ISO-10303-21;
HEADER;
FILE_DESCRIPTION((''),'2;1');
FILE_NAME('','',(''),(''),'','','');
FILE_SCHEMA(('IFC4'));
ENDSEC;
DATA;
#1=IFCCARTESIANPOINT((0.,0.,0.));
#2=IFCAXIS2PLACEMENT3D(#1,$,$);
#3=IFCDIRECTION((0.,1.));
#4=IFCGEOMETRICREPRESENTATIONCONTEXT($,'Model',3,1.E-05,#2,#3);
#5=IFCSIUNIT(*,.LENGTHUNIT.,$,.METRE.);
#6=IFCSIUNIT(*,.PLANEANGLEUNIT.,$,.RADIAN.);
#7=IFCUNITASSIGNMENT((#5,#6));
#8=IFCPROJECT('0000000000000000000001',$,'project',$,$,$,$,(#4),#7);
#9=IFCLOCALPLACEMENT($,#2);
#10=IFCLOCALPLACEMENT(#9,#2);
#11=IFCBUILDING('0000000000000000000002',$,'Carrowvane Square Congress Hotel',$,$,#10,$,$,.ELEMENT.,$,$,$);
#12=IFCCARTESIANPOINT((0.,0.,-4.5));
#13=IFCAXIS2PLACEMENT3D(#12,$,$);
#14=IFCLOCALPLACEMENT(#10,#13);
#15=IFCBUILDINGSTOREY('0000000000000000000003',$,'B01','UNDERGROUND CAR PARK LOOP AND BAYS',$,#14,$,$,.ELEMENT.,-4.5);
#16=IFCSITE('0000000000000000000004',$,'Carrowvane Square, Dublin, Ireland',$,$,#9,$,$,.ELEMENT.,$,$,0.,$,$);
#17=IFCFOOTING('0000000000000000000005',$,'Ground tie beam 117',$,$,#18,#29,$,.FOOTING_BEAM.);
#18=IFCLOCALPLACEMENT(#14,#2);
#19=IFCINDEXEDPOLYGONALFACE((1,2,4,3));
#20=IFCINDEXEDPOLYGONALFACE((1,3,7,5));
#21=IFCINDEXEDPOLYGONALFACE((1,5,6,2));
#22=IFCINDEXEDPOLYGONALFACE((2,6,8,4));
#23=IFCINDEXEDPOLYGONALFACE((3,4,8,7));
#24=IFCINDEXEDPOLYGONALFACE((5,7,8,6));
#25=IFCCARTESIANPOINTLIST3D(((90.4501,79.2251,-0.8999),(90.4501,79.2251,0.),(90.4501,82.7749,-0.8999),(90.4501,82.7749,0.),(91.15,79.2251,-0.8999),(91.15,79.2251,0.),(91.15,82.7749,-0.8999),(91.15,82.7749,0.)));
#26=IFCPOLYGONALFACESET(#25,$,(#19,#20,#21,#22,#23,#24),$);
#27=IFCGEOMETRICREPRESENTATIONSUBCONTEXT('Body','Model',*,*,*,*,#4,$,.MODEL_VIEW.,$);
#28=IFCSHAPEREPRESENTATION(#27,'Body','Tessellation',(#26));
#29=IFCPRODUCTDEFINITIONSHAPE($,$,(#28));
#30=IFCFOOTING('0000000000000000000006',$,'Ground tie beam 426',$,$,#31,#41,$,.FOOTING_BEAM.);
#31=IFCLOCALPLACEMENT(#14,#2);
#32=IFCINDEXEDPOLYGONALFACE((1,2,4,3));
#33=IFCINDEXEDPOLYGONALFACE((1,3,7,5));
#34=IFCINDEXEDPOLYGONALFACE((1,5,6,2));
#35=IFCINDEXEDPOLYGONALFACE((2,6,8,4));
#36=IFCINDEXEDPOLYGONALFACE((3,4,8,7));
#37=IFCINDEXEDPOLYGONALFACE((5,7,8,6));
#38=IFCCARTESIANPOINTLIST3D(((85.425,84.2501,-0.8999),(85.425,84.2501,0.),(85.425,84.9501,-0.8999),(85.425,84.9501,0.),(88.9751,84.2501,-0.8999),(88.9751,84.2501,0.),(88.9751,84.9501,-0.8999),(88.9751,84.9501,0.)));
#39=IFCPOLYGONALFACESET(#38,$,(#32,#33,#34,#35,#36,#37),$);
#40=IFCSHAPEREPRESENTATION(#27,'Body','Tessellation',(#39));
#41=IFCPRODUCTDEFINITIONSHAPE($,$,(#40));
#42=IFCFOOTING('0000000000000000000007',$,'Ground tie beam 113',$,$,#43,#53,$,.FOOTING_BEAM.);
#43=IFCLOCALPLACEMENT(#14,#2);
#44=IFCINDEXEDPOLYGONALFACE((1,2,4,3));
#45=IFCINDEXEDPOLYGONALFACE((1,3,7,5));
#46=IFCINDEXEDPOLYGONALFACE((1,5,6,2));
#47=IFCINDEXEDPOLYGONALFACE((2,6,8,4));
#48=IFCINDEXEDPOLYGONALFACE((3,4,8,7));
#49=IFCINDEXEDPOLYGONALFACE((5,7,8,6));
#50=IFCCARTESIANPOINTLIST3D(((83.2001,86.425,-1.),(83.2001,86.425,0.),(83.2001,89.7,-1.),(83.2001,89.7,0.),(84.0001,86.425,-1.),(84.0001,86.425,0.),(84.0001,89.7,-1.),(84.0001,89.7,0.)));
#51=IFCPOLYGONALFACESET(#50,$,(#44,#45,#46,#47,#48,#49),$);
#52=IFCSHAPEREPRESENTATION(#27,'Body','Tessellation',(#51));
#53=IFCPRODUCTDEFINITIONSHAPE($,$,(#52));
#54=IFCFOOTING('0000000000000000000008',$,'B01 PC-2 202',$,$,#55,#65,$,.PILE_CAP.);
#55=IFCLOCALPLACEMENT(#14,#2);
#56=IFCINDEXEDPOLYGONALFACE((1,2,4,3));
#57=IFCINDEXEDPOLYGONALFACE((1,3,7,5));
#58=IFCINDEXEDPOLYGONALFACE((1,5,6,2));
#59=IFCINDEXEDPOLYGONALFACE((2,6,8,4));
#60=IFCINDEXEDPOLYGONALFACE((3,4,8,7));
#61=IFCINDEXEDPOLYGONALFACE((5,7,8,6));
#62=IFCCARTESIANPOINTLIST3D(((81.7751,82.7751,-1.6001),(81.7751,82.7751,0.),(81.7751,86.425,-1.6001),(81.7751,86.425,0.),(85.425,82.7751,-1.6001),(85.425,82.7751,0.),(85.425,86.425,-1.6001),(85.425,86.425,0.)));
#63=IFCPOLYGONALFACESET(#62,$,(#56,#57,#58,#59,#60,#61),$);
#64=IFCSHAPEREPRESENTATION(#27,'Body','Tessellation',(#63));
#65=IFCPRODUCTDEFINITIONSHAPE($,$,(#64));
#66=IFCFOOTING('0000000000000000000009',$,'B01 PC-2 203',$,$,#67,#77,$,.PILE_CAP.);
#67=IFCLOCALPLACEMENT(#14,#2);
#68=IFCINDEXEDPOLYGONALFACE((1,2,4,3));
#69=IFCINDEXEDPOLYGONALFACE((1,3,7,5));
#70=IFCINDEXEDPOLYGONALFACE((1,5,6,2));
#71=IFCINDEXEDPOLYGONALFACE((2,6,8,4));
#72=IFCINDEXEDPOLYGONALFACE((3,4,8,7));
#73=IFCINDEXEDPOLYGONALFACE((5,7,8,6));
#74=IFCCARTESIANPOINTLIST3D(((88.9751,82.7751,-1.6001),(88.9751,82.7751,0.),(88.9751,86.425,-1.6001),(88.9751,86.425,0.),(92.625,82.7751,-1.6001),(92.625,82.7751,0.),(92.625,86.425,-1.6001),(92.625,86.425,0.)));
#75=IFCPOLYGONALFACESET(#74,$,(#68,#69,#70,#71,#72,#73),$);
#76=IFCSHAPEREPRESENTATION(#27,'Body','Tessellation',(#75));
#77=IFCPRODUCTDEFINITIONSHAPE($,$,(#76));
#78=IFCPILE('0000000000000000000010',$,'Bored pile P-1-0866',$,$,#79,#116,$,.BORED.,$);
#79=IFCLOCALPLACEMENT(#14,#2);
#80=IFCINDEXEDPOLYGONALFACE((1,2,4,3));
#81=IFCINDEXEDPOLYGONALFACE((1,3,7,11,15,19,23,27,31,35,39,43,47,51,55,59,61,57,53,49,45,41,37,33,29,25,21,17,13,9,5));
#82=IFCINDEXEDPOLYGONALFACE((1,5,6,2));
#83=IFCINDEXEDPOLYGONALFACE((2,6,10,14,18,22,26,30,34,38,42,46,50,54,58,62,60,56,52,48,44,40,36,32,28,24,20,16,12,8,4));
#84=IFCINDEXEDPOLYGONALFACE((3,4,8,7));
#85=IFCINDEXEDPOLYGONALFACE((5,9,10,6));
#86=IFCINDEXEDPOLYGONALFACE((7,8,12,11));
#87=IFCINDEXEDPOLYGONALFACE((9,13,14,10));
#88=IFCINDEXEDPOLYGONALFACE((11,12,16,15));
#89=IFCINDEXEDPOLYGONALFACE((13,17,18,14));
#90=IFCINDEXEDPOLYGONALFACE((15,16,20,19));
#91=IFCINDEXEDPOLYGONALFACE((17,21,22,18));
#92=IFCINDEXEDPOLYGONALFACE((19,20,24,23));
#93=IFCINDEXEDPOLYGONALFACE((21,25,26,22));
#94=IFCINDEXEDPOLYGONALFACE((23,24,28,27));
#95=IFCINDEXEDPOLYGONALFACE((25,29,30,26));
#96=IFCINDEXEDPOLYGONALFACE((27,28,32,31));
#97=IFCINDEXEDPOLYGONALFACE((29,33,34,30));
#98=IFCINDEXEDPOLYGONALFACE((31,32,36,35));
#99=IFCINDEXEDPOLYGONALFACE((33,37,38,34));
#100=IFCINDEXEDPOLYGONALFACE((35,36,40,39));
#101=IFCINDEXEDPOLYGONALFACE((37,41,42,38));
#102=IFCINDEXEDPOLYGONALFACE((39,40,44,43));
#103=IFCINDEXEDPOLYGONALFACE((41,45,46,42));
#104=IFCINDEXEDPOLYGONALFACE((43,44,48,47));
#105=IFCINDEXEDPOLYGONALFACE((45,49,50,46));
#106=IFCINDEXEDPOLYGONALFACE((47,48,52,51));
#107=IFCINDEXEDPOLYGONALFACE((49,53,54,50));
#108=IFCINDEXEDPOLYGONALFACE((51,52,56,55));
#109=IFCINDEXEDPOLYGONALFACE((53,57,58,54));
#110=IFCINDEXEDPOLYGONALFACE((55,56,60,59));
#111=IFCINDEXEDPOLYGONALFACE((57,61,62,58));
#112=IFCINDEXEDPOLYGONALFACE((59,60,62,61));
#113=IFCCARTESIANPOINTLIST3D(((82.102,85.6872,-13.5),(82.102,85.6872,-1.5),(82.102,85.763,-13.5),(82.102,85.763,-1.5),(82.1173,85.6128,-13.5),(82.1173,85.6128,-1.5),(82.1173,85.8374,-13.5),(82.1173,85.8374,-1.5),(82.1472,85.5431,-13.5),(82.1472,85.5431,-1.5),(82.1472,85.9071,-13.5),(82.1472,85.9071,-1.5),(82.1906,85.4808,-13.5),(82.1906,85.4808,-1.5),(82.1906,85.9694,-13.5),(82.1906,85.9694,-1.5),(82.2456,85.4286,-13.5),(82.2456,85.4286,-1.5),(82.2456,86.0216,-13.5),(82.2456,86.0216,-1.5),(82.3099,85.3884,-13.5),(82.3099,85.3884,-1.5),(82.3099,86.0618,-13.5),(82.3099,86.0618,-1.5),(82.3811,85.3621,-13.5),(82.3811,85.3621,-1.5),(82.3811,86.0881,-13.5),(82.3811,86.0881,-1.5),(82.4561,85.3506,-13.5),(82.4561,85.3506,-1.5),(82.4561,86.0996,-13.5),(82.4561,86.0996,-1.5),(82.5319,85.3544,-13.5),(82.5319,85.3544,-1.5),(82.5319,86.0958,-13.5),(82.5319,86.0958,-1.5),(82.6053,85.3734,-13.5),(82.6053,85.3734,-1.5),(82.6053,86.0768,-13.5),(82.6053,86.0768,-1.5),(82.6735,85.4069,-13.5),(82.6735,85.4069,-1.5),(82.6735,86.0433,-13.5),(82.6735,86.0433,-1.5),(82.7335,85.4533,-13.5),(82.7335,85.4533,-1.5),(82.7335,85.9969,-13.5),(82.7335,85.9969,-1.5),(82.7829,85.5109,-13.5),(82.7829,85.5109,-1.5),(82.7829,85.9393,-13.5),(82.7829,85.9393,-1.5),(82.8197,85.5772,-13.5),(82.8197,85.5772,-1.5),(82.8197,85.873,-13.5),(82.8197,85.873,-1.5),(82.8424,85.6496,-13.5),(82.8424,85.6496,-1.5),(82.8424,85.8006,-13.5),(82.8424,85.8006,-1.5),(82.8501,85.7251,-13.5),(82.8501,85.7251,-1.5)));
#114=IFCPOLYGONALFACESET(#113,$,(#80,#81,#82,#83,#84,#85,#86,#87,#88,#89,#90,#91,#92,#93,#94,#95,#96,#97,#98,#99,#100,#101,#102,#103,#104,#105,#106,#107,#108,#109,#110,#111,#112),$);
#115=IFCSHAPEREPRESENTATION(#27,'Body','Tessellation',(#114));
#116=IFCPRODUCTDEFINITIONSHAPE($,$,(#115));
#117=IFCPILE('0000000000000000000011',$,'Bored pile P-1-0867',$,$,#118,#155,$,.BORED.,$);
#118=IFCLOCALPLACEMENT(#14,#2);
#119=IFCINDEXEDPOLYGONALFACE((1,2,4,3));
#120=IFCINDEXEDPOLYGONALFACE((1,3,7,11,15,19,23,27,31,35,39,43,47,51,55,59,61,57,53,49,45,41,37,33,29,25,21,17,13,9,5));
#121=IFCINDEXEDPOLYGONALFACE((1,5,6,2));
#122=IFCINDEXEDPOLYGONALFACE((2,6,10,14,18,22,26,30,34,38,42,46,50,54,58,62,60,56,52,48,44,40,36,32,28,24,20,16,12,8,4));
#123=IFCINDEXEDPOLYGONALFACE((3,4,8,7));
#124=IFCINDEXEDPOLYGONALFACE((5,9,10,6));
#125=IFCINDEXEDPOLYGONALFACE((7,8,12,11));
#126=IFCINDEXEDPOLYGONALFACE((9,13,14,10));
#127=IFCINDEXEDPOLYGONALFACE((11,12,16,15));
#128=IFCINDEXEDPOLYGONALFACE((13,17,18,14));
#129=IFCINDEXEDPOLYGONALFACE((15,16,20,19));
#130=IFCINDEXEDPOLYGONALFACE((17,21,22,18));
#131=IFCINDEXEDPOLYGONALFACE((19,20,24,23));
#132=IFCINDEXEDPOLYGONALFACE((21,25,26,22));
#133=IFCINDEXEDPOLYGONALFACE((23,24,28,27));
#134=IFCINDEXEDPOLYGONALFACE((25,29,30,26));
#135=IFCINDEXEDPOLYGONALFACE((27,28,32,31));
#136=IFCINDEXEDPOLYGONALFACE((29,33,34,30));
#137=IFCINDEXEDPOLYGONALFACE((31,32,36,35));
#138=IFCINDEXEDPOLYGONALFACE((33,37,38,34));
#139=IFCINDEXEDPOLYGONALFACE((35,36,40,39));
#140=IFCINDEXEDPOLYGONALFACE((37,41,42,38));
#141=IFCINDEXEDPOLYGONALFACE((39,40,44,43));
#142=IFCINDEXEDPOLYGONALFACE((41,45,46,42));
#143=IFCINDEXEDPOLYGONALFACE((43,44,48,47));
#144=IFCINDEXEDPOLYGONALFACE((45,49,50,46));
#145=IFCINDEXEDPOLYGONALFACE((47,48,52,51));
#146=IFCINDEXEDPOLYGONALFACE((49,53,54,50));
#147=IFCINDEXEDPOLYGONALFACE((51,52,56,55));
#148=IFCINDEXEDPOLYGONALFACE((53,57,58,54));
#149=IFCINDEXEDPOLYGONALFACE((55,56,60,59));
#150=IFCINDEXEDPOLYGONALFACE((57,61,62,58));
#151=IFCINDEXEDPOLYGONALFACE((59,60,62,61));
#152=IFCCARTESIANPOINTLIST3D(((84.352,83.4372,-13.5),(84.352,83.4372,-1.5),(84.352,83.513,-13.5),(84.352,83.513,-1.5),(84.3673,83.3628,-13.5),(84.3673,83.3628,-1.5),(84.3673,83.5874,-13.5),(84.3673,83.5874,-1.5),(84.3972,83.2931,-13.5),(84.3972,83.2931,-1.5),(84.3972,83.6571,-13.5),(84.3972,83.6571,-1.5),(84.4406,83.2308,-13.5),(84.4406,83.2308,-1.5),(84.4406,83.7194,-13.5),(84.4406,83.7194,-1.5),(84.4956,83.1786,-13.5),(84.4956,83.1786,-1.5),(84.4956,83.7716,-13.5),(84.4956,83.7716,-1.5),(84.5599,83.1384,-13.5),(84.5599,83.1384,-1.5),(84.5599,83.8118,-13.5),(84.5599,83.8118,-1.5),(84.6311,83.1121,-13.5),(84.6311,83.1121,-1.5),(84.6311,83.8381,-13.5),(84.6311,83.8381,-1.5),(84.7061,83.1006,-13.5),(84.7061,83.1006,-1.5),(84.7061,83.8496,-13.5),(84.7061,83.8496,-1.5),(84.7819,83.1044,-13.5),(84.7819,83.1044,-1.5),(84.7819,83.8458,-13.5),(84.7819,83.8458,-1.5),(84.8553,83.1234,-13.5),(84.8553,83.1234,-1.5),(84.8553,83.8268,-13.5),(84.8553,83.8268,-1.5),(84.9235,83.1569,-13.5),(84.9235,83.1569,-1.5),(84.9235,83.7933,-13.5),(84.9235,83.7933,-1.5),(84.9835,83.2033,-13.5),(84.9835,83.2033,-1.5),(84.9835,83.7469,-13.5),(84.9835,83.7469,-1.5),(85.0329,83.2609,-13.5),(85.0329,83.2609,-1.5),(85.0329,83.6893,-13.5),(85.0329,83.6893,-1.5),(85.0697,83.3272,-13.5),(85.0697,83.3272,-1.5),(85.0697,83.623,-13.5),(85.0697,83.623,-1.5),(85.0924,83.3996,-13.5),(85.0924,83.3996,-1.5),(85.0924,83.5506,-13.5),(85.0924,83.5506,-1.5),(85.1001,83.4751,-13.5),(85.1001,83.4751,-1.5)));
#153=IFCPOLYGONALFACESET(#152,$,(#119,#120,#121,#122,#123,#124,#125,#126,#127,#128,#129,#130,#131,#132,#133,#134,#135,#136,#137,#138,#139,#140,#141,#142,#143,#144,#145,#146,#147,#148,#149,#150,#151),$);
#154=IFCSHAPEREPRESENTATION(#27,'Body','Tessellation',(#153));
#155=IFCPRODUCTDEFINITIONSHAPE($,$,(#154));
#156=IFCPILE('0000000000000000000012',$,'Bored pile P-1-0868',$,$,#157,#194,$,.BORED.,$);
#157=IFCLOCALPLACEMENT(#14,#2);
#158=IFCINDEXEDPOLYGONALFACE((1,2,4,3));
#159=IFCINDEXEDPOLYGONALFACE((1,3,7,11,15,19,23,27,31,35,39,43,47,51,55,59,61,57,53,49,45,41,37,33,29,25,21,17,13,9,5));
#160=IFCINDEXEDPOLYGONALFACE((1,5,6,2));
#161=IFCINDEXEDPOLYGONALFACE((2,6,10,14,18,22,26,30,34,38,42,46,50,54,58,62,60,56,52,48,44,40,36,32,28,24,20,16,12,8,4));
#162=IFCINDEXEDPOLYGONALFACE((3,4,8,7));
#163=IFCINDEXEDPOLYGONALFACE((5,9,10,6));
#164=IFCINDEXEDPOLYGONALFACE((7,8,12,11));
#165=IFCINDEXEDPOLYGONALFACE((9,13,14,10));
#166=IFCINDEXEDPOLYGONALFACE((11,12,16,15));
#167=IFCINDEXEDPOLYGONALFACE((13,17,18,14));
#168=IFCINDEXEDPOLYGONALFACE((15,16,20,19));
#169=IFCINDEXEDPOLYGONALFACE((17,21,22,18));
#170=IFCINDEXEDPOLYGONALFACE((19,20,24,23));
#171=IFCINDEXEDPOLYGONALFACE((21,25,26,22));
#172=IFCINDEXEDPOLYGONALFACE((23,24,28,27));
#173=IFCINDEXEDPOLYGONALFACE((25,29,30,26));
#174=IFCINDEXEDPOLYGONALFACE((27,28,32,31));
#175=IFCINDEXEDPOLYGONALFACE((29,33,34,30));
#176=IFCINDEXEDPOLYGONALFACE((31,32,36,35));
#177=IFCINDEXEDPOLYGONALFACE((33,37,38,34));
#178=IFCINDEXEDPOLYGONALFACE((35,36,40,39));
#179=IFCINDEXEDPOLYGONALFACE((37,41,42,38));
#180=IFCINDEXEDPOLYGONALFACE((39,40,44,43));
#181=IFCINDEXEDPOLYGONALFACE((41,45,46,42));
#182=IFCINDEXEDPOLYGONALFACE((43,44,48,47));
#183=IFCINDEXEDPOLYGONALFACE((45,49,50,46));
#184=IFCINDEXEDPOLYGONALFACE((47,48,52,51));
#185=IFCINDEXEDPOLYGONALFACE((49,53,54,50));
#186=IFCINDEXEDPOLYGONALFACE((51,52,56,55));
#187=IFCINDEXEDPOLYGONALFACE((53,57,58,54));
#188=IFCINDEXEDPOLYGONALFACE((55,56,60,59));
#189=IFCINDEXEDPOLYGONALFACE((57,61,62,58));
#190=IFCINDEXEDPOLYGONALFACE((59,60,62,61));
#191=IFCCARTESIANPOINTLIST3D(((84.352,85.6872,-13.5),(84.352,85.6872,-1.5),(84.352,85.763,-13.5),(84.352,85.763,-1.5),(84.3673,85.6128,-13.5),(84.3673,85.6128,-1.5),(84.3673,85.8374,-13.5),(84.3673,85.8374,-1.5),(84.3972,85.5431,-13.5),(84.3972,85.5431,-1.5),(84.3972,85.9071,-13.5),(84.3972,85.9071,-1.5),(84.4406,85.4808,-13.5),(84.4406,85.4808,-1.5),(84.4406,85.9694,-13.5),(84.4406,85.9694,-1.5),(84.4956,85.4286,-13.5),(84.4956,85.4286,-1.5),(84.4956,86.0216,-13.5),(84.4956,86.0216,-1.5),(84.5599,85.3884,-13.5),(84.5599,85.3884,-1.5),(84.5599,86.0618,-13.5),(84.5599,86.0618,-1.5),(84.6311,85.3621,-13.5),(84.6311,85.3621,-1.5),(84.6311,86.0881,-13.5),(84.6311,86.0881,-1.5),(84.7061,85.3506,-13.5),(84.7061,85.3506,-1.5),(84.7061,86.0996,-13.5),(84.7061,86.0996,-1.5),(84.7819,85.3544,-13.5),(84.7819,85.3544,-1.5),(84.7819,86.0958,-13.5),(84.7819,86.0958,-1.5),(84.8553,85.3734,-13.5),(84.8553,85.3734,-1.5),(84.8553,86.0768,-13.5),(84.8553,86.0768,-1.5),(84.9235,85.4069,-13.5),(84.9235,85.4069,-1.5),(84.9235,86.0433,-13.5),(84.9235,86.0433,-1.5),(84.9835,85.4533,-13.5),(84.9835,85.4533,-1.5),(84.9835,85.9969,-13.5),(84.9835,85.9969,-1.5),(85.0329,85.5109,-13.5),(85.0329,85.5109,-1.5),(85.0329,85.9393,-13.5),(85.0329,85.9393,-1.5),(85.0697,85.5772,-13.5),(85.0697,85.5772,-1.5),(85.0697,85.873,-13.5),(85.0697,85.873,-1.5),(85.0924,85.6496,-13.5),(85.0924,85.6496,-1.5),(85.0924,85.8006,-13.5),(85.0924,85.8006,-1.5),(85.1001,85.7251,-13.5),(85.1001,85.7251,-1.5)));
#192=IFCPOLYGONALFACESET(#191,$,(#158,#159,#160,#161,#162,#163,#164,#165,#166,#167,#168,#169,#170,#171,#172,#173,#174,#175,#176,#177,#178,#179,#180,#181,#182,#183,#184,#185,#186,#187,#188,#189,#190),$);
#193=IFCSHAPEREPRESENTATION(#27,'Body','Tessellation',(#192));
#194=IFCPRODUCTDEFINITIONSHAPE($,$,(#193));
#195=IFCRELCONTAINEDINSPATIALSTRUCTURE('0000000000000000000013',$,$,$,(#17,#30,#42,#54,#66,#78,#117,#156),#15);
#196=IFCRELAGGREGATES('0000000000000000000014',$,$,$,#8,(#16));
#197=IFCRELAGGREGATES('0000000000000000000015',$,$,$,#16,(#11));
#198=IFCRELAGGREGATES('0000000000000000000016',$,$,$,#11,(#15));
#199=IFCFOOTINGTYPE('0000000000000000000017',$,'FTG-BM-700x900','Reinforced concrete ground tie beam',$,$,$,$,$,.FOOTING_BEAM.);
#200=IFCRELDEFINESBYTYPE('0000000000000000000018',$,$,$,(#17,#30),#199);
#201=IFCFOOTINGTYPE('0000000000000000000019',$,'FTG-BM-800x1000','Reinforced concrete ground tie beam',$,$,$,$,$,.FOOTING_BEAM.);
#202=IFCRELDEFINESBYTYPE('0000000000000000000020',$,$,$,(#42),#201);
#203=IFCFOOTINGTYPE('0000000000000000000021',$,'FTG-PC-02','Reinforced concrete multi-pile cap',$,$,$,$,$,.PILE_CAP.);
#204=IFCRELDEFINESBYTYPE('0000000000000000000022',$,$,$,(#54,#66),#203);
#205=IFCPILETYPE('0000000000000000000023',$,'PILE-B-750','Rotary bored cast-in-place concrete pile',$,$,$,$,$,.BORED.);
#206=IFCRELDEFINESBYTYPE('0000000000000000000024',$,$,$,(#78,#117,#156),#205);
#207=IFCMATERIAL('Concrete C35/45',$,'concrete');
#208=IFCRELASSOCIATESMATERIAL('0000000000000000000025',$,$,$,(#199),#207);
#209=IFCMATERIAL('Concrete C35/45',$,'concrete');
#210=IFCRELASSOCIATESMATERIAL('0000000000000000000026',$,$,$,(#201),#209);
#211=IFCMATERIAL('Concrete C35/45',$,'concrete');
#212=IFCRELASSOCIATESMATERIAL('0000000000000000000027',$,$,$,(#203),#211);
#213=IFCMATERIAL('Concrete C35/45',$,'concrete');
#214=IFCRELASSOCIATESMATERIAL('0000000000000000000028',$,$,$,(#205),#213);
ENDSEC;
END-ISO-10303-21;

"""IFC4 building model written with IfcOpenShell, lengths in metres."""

from ifc_helpers import new_model, si_unit, direction, frame, origin, origin_2d, place, context, subcontext, project, spatial, rectangle, circle, extrude, material, material_profile, profile_set, type_object, element, save


model = new_model("IFC4")

# Units and contexts
model_context = context("Model", 3, precision=1e-05, world=origin(), true_north=direction((0.0, 1.0)))
body_context = subcontext(model_context, "Body", "Model", "MODEL_VIEW")
ifc_project = project(units=[si_unit("LENGTHUNIT", "METRE"), si_unit("PLANEANGLEUNIT", "RADIAN")], contexts=[model_context])

# Site, building, storey
site_placement = place(None, origin())
site = spatial("IfcSite", under=ifc_project, at=site_placement, Name="Carrowvane Square, Dublin, Ireland", CompositionType="ELEMENT", RefElevation=0.0)
building_placement = place(site_placement, origin())
building = spatial("IfcBuilding", under=site, at=building_placement, Name="Carrowvane Square Congress Hotel", CompositionType="ELEMENT")
storey_placement = place(building_placement, frame((0.0, 0.0, -4.5)))
storey = spatial("IfcBuildingStorey", under=building, at=storey_placement, Name="B01", Description="UNDERGROUND CAR PARK LOOP AND BAYS", CompositionType="ELEMENT", Elevation=-4.5)

# Footings
ifc_material_1 = material(Name="Concrete C35/45", Category="concrete")
ifc_material_profile_1 = material_profile(ifc_material_1, rectangle(XDim=0.7, YDim=0.8999, at=origin_2d()), Name="RC 700x900")
ifc_profile_set_1 = profile_set([ifc_material_profile_1], Name="Concrete C35/45")
footing_type_1 = type_object("IfcFootingType", Name="FTG-BM-700x900", Description="Reinforced concrete ground tie beam", PredefinedType="FOOTING_BEAM", material=ifc_profile_set_1)
footing_1_placement = place(storey_placement, frame((90.8, 79.2251, -0.45), z_axis=(0.0, 1.0, 0.0), x_axis=(-1.0, 0.0, 0.0)))
element("IfcFooting", 1, at=footing_1_placement, inside=storey, type_object=footing_type_1, Name="Ground tie beam 117", PredefinedType="FOOTING_BEAM", context=body_context, shape_type="SweptSolid", body=[
    extrude(rectangle(XDim=0.7, YDim=0.8999, at=origin_2d()), origin(), (0.0, 0.0, 1.0), 3.5498),
])
footing_2_placement = place(storey_placement, frame((85.425, 84.6001, -0.45), z_axis=(1.0, 0.0, 0.0), x_axis=(0.0, 1.0, 0.0)))
element("IfcFooting", 2, at=footing_2_placement, inside=storey, type_object=footing_type_1, Name="Ground tie beam 426", PredefinedType="FOOTING_BEAM", context=body_context, shape_type="SweptSolid", body=[
    extrude(rectangle(XDim=0.7, YDim=0.8999, at=origin_2d()), origin(), (0.0, 0.0, 1.0), 3.55),
])
ifc_material_2 = material(Name="Concrete C35/45", Category="concrete")
ifc_material_profile_2 = material_profile(ifc_material_2, rectangle(XDim=0.8, YDim=1.0, at=origin_2d()), Name="RC 800x1000")
ifc_profile_set_2 = profile_set([ifc_material_profile_2], Name="Concrete C35/45")
footing_type_2 = type_object("IfcFootingType", Name="FTG-BM-800x1000", Description="Reinforced concrete ground tie beam", PredefinedType="FOOTING_BEAM", material=ifc_profile_set_2)
footing_3_placement = place(storey_placement, frame((83.6001, 86.425, -0.5), z_axis=(0.0, 1.0, 0.0), x_axis=(-1.0, 0.0, 0.0)))
element("IfcFooting", 3, at=footing_3_placement, inside=storey, type_object=footing_type_2, Name="Ground tie beam 113", PredefinedType="FOOTING_BEAM", context=body_context, shape_type="SweptSolid", body=[
    extrude(rectangle(XDim=0.8, YDim=1.0, at=origin_2d()), origin(), (0.0, 0.0, 1.0), 3.2749),
])
ifc_material_3 = material(Name="Concrete C35/45", Category="concrete")
footing_type_3 = type_object("IfcFootingType", Name="FTG-PC-02", Description="Reinforced concrete multi-pile cap", PredefinedType="PILE_CAP", material=ifc_material_3)
for number, where, z_axis, x_axis, name in (
    (4, (83.6001, 84.6001, -1.6001), (0.0, 0.0, 1.0), (1.0, 0.0, 0.0), "B01 PC-2 202"),
    (5, (90.8, 84.6001, -1.6001), (0.0, 0.0, 1.0), (1.0, 0.0, 0.0), "B01 PC-2 203"),
):
    element("IfcFooting", number, at=place(storey_placement, frame(where, z_axis=z_axis, x_axis=x_axis)), inside=storey, type_object=footing_type_3, Name=name, PredefinedType="PILE_CAP", context=body_context, shape_type="SweptSolid", body=[
        extrude(rectangle(XDim=3.6499, YDim=3.6499, at=origin_2d()), origin(), (0.0, 0.0, 1.0), 1.6001),
    ])

# Piles
ifc_material_4 = material(Name="Concrete C35/45", Category="concrete")
ifc_material_profile_3 = material_profile(ifc_material_4, circle(Radius=0.375, at=origin_2d()), Name="PILE D750")
ifc_profile_set_3 = profile_set([ifc_material_profile_3], Name="Concrete C35/45")
pile_type_1 = type_object("IfcPileType", Name="PILE-B-750", Description="Rotary bored cast-in-place concrete pile", PredefinedType="BORED", material=ifc_profile_set_3)
for number, where, z_axis, x_axis, name in (
    (6, (82.4751, 85.7251, -1.5), (0.0, 0.0, -1.0), (1.0, 0.0, 0.0), "Bored pile P-1-0866"),
    (7, (84.7251, 83.4751, -1.5), (0.0, 0.0, -1.0), (1.0, 0.0, 0.0), "Bored pile P-1-0867"),
    (8, (84.7251, 85.7251, -1.5), (0.0, 0.0, -1.0), (1.0, 0.0, 0.0), "Bored pile P-1-0868"),
):
    element("IfcPile", number, at=place(storey_placement, frame(where, z_axis=z_axis, x_axis=x_axis)), inside=storey, type_object=pile_type_1, Name=name, PredefinedType="BORED", context=body_context, shape_type="SweptSolid", body=[
        extrude(circle(Radius=0.375, at=origin_2d()), origin(), (0.0, 0.0, 1.0), 12.0),
    ])

save(model, "model.ifc")
